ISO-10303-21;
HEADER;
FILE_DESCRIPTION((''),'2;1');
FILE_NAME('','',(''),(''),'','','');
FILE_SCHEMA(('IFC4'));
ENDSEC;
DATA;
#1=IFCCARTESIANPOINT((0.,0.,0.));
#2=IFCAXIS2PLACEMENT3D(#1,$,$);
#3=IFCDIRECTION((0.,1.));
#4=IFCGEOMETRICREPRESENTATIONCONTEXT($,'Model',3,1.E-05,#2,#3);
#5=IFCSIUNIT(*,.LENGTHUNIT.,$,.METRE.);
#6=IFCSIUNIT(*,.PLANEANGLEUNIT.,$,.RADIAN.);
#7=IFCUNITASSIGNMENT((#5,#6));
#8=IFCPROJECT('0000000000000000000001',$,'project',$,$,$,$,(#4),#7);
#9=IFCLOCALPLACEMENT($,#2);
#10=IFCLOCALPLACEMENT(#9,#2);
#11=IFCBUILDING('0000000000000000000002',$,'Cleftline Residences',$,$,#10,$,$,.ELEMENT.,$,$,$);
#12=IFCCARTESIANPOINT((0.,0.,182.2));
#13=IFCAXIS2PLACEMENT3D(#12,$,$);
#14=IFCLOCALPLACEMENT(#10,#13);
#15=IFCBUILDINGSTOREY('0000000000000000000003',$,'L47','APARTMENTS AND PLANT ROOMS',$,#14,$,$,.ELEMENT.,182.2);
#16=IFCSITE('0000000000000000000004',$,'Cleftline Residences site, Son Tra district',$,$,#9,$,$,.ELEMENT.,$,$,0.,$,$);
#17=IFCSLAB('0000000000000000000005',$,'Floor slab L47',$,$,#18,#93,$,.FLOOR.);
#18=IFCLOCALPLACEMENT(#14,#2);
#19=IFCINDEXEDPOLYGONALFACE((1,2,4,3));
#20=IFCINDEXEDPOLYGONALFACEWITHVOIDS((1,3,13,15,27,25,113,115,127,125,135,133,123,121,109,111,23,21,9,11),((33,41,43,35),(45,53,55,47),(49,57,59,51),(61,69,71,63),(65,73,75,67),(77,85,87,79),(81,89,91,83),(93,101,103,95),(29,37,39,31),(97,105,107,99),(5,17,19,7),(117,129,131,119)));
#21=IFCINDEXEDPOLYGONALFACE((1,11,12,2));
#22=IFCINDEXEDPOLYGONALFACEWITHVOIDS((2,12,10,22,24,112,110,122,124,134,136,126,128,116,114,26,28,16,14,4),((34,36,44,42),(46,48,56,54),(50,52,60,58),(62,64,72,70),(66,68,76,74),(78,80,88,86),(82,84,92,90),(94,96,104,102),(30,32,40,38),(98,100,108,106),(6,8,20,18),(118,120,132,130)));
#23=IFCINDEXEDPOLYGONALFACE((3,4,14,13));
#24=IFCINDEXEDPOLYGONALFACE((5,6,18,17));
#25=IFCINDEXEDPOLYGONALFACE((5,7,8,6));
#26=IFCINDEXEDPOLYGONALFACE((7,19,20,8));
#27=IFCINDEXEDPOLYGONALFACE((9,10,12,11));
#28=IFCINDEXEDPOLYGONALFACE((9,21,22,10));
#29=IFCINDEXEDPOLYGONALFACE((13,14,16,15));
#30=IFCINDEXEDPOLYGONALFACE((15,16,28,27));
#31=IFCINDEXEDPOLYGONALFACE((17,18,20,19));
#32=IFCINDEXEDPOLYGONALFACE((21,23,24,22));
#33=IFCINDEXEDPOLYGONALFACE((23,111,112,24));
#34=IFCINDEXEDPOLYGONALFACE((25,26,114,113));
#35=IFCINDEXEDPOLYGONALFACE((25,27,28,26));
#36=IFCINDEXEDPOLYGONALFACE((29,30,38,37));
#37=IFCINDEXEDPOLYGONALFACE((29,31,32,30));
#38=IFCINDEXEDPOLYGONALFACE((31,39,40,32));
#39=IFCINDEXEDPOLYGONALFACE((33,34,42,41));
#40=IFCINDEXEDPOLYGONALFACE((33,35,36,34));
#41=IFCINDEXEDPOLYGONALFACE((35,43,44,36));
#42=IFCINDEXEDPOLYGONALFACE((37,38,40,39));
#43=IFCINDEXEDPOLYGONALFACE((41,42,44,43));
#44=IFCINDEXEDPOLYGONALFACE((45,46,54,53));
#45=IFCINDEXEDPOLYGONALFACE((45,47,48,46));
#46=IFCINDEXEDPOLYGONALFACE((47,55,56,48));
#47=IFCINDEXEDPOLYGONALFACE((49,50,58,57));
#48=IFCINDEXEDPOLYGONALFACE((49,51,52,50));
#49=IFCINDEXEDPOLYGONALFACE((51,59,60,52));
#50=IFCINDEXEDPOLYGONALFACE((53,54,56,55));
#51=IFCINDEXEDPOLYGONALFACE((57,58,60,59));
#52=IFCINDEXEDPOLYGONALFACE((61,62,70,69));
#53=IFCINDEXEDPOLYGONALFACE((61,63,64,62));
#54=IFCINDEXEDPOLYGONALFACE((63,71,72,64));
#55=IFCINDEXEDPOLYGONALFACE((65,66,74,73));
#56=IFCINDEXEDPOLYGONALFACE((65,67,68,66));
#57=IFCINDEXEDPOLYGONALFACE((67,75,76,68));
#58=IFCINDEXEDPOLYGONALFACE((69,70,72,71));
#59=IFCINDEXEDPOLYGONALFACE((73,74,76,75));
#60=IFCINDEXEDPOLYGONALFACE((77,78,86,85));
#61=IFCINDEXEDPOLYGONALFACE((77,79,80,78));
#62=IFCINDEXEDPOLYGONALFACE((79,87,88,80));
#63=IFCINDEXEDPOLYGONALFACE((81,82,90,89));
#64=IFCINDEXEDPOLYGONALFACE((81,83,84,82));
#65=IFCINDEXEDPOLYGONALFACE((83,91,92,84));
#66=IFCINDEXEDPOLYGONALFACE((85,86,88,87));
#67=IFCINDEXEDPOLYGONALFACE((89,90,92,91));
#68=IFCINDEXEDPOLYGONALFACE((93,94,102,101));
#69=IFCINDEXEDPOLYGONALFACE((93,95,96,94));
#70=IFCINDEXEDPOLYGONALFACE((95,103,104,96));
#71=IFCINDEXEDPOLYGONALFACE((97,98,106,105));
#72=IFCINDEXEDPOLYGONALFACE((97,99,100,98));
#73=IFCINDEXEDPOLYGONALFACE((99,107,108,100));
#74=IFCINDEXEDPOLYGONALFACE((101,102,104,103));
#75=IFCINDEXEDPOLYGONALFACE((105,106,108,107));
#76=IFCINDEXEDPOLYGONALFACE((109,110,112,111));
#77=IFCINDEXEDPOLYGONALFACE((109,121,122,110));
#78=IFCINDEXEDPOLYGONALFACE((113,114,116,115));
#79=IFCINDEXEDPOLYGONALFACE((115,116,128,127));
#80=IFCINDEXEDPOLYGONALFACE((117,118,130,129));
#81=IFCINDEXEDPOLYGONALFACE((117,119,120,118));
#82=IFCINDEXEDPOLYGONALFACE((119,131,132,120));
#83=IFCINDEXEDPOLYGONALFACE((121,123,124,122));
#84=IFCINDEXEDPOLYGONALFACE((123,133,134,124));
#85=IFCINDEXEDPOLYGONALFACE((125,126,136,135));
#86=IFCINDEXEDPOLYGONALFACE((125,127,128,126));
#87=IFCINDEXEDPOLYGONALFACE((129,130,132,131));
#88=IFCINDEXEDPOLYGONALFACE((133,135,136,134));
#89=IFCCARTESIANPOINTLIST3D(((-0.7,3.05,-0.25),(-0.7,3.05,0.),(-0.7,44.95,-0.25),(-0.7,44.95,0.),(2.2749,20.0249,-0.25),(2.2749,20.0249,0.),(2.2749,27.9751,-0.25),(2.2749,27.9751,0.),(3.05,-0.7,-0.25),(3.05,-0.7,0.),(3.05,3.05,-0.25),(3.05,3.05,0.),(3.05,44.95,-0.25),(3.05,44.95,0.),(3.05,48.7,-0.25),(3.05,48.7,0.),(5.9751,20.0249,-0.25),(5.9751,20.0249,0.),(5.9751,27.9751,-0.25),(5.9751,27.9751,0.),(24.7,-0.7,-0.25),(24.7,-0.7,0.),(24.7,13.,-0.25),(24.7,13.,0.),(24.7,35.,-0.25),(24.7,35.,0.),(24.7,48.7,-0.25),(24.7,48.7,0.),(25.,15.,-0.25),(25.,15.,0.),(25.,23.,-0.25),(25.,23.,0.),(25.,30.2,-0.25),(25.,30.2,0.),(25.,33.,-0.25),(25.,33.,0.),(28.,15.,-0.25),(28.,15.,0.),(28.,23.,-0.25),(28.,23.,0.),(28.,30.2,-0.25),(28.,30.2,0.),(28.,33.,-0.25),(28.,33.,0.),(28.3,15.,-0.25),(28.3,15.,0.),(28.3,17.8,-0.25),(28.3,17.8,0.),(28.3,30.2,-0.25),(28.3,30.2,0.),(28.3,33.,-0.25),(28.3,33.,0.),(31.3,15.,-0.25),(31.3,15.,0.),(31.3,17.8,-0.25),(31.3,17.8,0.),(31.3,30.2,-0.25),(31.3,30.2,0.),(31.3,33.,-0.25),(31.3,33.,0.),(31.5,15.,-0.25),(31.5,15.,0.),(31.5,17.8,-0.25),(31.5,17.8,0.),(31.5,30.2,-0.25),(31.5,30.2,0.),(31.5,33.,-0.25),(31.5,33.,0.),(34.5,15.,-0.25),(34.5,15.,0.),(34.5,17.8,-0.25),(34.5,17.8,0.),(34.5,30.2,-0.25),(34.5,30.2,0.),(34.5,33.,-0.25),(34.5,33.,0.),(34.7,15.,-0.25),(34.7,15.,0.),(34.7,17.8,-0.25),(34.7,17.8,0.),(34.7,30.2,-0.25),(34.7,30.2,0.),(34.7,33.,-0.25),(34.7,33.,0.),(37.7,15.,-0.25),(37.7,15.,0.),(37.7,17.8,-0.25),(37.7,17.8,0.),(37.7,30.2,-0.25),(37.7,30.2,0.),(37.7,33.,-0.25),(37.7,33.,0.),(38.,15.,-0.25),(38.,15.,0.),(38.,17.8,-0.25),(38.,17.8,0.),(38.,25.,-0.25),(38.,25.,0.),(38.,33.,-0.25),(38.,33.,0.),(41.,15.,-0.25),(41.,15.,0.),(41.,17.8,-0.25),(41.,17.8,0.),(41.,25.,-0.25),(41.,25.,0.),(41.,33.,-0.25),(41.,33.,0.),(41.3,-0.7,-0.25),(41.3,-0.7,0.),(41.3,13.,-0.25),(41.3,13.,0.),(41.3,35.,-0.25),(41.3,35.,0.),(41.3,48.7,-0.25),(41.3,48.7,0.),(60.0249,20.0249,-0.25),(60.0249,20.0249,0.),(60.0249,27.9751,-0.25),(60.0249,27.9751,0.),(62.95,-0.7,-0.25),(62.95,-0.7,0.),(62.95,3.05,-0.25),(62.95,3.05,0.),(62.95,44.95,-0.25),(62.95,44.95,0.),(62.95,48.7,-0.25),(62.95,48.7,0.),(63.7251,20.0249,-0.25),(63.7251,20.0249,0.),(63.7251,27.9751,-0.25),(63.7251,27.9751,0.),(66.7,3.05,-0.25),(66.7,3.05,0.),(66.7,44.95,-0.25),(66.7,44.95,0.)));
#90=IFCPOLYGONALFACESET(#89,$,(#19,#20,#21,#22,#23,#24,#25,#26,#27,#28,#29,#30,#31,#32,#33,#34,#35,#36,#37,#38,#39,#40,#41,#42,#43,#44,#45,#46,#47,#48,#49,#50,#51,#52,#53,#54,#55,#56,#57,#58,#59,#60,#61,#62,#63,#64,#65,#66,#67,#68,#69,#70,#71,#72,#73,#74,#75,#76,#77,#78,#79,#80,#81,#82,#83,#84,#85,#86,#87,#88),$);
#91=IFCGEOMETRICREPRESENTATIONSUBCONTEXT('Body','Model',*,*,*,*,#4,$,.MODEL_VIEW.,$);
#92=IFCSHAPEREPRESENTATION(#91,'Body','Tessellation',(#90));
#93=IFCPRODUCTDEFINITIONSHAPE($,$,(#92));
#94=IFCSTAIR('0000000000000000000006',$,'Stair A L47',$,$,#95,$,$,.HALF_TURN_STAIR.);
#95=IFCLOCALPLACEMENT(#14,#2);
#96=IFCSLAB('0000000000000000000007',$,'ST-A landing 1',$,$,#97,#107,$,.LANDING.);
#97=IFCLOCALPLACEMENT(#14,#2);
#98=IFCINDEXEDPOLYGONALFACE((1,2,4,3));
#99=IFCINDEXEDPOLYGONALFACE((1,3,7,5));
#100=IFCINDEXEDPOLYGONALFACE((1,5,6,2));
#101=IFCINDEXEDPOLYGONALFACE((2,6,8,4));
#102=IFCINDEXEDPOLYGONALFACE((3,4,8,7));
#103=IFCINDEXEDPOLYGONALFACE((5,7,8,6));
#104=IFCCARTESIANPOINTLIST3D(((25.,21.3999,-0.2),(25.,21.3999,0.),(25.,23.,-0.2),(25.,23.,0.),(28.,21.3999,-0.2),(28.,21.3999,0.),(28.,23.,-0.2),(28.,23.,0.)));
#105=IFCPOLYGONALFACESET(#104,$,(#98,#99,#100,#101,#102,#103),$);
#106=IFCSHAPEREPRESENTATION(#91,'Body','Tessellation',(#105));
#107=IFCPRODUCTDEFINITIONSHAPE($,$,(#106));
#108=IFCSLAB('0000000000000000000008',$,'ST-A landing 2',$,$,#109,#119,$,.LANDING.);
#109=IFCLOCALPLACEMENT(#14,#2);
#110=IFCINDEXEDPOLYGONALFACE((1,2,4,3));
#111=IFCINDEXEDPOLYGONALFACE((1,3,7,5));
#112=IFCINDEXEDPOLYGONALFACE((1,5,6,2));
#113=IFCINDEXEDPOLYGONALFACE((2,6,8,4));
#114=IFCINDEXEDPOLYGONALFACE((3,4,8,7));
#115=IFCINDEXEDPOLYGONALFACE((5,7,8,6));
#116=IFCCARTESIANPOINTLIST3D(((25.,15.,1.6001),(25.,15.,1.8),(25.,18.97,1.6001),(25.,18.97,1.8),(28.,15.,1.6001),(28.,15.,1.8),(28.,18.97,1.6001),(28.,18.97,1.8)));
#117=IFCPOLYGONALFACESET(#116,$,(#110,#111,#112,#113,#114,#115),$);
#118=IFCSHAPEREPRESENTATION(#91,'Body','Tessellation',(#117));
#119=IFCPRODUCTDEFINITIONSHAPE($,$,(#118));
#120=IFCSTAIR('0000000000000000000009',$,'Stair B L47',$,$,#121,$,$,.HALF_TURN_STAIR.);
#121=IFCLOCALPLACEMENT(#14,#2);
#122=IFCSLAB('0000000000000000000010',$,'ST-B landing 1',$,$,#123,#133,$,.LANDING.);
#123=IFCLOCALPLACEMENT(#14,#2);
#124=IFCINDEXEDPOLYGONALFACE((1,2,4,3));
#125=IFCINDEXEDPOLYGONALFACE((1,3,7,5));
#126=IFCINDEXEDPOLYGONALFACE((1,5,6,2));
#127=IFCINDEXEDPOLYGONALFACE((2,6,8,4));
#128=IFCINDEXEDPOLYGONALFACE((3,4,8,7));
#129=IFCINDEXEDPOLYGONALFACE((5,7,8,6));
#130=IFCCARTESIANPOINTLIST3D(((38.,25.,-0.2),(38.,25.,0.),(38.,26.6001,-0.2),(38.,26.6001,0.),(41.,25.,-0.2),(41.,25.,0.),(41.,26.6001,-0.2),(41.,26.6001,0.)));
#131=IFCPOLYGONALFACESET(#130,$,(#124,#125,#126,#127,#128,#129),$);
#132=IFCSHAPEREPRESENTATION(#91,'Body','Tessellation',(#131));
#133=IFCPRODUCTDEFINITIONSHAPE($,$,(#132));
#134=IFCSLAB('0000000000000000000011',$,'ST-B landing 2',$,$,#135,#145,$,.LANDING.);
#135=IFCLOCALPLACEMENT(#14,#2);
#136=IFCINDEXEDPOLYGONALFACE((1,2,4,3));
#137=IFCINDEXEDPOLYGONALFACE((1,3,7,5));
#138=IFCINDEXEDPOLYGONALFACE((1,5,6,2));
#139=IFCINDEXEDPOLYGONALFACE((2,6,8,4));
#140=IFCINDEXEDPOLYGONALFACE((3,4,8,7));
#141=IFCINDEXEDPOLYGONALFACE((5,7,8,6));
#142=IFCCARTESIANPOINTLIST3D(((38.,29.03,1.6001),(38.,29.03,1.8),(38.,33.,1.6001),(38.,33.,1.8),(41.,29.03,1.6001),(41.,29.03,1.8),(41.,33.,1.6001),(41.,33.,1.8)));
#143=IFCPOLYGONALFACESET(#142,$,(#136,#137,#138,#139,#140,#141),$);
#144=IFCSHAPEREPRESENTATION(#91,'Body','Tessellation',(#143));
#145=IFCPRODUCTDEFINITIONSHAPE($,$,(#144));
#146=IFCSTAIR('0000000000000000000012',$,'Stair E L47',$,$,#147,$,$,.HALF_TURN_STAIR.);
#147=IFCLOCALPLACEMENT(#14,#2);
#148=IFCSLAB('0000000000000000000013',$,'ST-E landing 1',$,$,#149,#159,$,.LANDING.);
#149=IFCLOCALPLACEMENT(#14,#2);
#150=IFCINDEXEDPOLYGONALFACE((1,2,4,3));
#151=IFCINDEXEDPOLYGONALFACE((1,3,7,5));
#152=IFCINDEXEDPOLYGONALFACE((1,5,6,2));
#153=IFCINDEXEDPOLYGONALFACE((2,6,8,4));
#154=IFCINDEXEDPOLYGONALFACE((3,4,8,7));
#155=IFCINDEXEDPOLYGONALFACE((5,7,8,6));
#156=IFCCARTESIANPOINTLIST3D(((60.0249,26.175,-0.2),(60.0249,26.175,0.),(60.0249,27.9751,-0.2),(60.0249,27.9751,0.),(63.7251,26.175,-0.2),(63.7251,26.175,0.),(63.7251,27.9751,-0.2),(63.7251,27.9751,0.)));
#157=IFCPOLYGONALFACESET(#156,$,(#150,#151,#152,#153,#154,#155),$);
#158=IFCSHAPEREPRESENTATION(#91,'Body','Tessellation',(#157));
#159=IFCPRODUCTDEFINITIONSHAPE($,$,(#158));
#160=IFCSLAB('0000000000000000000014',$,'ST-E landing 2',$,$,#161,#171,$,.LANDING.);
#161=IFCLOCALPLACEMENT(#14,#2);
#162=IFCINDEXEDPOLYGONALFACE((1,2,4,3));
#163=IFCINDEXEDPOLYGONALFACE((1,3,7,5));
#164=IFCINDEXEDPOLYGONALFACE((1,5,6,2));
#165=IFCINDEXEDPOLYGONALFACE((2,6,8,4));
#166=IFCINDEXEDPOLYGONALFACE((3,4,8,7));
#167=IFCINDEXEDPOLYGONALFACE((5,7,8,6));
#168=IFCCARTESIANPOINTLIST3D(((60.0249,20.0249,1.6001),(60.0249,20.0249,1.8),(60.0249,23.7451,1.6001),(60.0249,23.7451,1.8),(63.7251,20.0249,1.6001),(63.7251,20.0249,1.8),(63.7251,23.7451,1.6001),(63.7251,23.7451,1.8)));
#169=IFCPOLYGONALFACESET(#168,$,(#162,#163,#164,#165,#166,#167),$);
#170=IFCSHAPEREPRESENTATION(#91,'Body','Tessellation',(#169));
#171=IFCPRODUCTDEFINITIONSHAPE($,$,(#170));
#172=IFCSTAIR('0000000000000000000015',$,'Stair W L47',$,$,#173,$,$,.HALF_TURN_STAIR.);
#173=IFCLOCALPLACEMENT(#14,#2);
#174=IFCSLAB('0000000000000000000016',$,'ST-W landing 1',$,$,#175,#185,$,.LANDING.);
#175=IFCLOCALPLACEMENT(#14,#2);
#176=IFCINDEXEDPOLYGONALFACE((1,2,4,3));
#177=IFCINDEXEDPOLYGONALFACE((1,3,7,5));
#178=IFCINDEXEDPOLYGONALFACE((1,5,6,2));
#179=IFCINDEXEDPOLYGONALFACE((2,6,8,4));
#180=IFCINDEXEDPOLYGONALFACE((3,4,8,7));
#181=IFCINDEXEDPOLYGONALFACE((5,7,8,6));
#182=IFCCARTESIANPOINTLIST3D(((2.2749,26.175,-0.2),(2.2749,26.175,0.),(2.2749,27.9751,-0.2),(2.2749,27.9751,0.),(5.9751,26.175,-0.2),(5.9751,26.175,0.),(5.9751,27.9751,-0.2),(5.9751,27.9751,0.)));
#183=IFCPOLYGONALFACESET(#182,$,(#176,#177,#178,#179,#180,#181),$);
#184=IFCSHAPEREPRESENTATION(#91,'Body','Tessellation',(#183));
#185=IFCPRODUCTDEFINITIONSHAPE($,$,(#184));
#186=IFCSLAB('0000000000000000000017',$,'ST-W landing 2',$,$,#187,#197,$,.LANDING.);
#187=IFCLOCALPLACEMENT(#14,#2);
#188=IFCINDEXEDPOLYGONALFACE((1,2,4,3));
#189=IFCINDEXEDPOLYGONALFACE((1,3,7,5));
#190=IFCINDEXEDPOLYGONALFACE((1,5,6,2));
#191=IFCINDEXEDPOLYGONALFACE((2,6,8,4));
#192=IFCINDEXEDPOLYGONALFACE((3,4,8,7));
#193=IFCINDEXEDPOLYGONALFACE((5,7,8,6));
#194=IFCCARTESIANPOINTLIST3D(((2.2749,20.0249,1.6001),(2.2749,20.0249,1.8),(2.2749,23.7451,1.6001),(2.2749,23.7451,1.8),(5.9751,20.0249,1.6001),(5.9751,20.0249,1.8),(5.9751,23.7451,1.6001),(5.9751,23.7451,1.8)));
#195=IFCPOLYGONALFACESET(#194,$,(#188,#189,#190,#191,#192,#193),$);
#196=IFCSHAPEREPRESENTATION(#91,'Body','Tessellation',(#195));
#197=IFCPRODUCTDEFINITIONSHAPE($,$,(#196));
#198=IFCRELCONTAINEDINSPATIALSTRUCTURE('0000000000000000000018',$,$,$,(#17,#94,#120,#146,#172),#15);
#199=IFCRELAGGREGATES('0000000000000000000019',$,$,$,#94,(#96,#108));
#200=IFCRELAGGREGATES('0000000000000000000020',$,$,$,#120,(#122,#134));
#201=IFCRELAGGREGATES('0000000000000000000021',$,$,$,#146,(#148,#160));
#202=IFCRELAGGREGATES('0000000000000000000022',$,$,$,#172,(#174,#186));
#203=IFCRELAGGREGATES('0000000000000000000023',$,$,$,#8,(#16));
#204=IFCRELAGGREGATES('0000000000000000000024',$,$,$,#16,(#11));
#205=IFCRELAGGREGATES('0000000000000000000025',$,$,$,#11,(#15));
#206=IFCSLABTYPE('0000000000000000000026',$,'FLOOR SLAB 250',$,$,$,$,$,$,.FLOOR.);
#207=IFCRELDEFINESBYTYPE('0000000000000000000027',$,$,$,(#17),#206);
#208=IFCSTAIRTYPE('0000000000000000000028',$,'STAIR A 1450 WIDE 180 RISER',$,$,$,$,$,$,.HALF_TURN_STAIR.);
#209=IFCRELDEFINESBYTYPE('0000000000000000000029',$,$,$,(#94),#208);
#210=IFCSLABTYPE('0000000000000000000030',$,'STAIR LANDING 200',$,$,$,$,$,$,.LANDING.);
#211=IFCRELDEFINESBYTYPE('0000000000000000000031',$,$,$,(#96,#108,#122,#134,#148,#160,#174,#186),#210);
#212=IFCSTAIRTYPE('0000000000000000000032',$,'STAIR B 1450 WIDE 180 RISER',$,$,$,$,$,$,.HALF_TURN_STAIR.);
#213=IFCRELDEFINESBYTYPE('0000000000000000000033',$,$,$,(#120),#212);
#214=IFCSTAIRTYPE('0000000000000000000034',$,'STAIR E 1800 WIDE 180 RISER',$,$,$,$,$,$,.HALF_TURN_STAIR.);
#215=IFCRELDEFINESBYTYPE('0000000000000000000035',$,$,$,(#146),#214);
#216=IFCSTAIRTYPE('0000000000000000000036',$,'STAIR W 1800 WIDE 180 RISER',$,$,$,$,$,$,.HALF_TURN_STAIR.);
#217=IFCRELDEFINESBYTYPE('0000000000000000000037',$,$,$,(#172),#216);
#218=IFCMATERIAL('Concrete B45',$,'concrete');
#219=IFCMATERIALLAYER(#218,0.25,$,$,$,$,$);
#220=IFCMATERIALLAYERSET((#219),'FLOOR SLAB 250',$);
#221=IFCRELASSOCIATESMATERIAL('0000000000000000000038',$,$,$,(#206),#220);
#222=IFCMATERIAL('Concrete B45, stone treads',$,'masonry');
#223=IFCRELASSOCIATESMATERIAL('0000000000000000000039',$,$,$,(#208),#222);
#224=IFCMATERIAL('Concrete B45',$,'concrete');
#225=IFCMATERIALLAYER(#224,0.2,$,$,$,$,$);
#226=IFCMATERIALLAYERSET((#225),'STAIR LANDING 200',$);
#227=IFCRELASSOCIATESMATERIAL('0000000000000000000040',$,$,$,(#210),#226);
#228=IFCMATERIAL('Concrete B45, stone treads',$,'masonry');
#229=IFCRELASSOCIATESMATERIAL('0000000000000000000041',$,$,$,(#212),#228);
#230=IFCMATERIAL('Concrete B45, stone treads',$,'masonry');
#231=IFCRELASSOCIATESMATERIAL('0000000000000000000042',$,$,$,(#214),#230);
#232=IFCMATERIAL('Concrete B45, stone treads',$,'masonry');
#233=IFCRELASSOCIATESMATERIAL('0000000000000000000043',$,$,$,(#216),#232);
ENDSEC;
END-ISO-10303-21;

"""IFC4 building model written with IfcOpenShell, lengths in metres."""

from ifc_helpers import new_model, si_unit, direction, frame, origin, place, context, subcontext, project, spatial, polyline, outline, extrude, material, layer, layer_set, type_object, element, aggregate, save


model = new_model("IFC4")

# Units and contexts
model_context = context("Model", 3, precision=1e-05, world=origin(), true_north=direction((0.0, 1.0)))
body_context = subcontext(model_context, "Body", "Model", "MODEL_VIEW")
ifc_project = project(units=[si_unit("LENGTHUNIT", "METRE"), si_unit("PLANEANGLEUNIT", "RADIAN")], contexts=[model_context])

# Site, building, storey
site_placement = place(None, origin())
site = spatial("IfcSite", under=ifc_project, at=site_placement, Name="Cleftline Residences site, Son Tra district", CompositionType="ELEMENT", RefElevation=0.0)
building_placement = place(site_placement, origin())
building = spatial("IfcBuilding", under=site, at=building_placement, Name="Cleftline Residences", CompositionType="ELEMENT")
storey_placement = place(building_placement, frame((0.0, 0.0, 182.2)))
storey = spatial("IfcBuildingStorey", under=building, at=storey_placement, Name="L47", Description="APARTMENTS AND PLANT ROOMS", CompositionType="ELEMENT", Elevation=182.2)

# Slab
ifc_material_1 = material(Name="Concrete B45", Category="concrete")
ifc_layer_1 = layer(ifc_material_1, 0.25)
ifc_layer_set_1 = layer_set([ifc_layer_1], Name="FLOOR SLAB 250")
slab_type_1 = type_object("IfcSlabType", Name="FLOOR SLAB 250", PredefinedType="FLOOR", material=ifc_layer_set_1)
slab_1_placement = place(storey_placement, frame((0.0, 0.0, -0.25)))
element("IfcSlab", 1, at=slab_1_placement, inside=storey, type_object=slab_type_1, Name="Floor slab L47", PredefinedType="FLOOR", context=body_context, shape_type="SweptSolid", body=[
    extrude(outline(polyline([(24.7, 13.0), (41.3, 13.0), (41.3, -0.7), (62.95, -0.7), (62.95, 3.05), (66.7, 3.05), (66.7, 44.95), (62.95, 44.95), (62.95, 48.7), (41.3, 48.7), (41.3, 35.0), (24.7, 35.0), (24.7, 48.7), (3.05, 48.7), (3.05, 44.95), (-0.7, 44.95), (-0.7, 3.05), (3.05, 3.05), (3.05, -0.7), (24.7, -0.7), (24.7, 13.0)]), holes=[polyline([(28.0, 15.0), (28.0, 23.0), (25.0, 23.0), (25.0, 15.0), (28.0, 15.0)]), polyline([(41.0, 25.0), (41.0, 33.0), (38.0, 33.0), (38.0, 25.0), (41.0, 25.0)]), polyline([(28.0, 30.2), (28.0, 33.0), (25.0, 33.0), (25.0, 30.2), (28.0, 30.2)]), polyline([(41.0, 15.0), (41.0, 17.8), (38.0, 17.8), (38.0, 15.0), (41.0, 15.0)]), polyline([(31.3, 15.0), (31.3, 17.8), (28.3, 17.8), (28.3, 15.0), (31.3, 15.0)]), polyline([(34.5, 15.0), (34.5, 17.8), (31.5, 17.8), (31.5, 15.0), (34.5, 15.0)]), polyline([(37.7, 15.0), (37.7, 17.8), (34.7, 17.8), (34.7, 15.0), (37.7, 15.0)]), polyline([(31.3, 30.2), (31.3, 33.0), (28.3, 33.0), (28.3, 30.2), (31.3, 30.2)]), polyline([(34.5, 30.2), (34.5, 33.0), (31.5, 33.0), (31.5, 30.2), (34.5, 30.2)]), polyline([(37.7, 30.2), (37.7, 33.0), (34.7, 33.0), (34.7, 30.2), (37.7, 30.2)]), polyline([(63.7251, 20.0249), (63.7251, 27.9751), (60.0249, 27.9751), (60.0249, 20.0249), (63.7251, 20.0249)]), polyline([(5.9751, 20.0249), (5.9751, 27.9751), (2.2749, 27.9751), (2.2749, 20.0249), (5.9751, 20.0249)])]), origin(), (0.0, 0.0, 1.0), 0.25),
])

# Stairs, slabs
ifc_material_2 = material(Name="Concrete B45, stone treads", Category="masonry")
stair_type_1 = type_object("IfcStairType", Name="STAIR A 1450 WIDE 180 RISER", PredefinedType="HALF_TURN_STAIR", material=ifc_material_2)
stair_1_placement = place(storey_placement, origin())
stair_1 = element("IfcStair", 2, at=stair_1_placement, inside=storey, type_object=stair_type_1, Name="Stair A L47", PredefinedType="HALF_TURN_STAIR")
ifc_material_3 = material(Name="Concrete B45", Category="concrete")
ifc_layer_2 = layer(ifc_material_3, 0.2)
ifc_layer_set_2 = layer_set([ifc_layer_2], Name="STAIR LANDING 200")
slab_type_2 = type_object("IfcSlabType", Name="STAIR LANDING 200", PredefinedType="LANDING", material=ifc_layer_set_2)
slab_2_placement = place(storey_placement, frame((0.0, 0.0, -0.2)))
slab_2 = element("IfcSlab", 3, at=slab_2_placement, type_object=slab_type_2, Name="ST-A landing 1", PredefinedType="LANDING", context=body_context, shape_type="SweptSolid", body=[
    extrude(outline(polyline([(25.0, 21.3999), (28.0, 21.3999), (28.0, 23.0), (25.0, 23.0), (25.0, 21.3999)])), origin(), (0.0, 0.0, 1.0), 0.2),
])
slab_3_placement = place(storey_placement, frame((0.0, 0.0, 1.6001)))
slab_3 = element("IfcSlab", 4, at=slab_3_placement, type_object=slab_type_2, Name="ST-A landing 2", PredefinedType="LANDING", context=body_context, shape_type="SweptSolid", body=[
    extrude(outline(polyline([(25.0, 15.0), (28.0, 15.0), (28.0, 18.97), (25.0, 18.97), (25.0, 15.0)])), origin(), (0.0, 0.0, 1.0), 0.2),
])
aggregate(stair_1, [slab_2, slab_3])
ifc_material_4 = material(Name="Concrete B45, stone treads", Category="masonry")
stair_type_2 = type_object("IfcStairType", Name="STAIR B 1450 WIDE 180 RISER", PredefinedType="HALF_TURN_STAIR", material=ifc_material_4)
stair_2_placement = place(storey_placement, origin())
stair_2 = element("IfcStair", 5, at=stair_2_placement, inside=storey, type_object=stair_type_2, Name="Stair B L47", PredefinedType="HALF_TURN_STAIR")
slab_4_placement = place(storey_placement, frame((0.0, 0.0, -0.2)))
slab_4 = element("IfcSlab", 6, at=slab_4_placement, type_object=slab_type_2, Name="ST-B landing 1", PredefinedType="LANDING", context=body_context, shape_type="SweptSolid", body=[
    extrude(outline(polyline([(38.0, 25.0), (41.0, 25.0), (41.0, 26.6001), (38.0, 26.6001), (38.0, 25.0)])), origin(), (0.0, 0.0, 1.0), 0.2),
])
slab_5_placement = place(storey_placement, frame((0.0, 0.0, 1.6001)))
slab_5 = element("IfcSlab", 7, at=slab_5_placement, type_object=slab_type_2, Name="ST-B landing 2", PredefinedType="LANDING", context=body_context, shape_type="SweptSolid", body=[
    extrude(outline(polyline([(38.0, 29.03), (41.0, 29.03), (41.0, 33.0), (38.0, 33.0), (38.0, 29.03)])), origin(), (0.0, 0.0, 1.0), 0.2),
])
aggregate(stair_2, [slab_4, slab_5])
ifc_material_5 = material(Name="Concrete B45, stone treads", Category="masonry")
stair_type_3 = type_object("IfcStairType", Name="STAIR E 1800 WIDE 180 RISER", PredefinedType="HALF_TURN_STAIR", material=ifc_material_5)
stair_3_placement = place(storey_placement, origin())
stair_3 = element("IfcStair", 8, at=stair_3_placement, inside=storey, type_object=stair_type_3, Name="Stair E L47", PredefinedType="HALF_TURN_STAIR")
slab_6_placement = place(storey_placement, frame((0.0, 0.0, -0.2)))
slab_6 = element("IfcSlab", 9, at=slab_6_placement, type_object=slab_type_2, Name="ST-E landing 1", PredefinedType="LANDING", context=body_context, shape_type="SweptSolid", body=[
    extrude(outline(polyline([(60.0249, 26.175), (63.7251, 26.175), (63.7251, 27.9751), (60.0249, 27.9751), (60.0249, 26.175)])), origin(), (0.0, 0.0, 1.0), 0.2),
])
slab_7_placement = place(storey_placement, frame((0.0, 0.0, 1.6001)))
slab_7 = element("IfcSlab", 10, at=slab_7_placement, type_object=slab_type_2, Name="ST-E landing 2", PredefinedType="LANDING", context=body_context, shape_type="SweptSolid", body=[
    extrude(outline(polyline([(60.0249, 20.0249), (63.7251, 20.0249), (63.7251, 23.7451), (60.0249, 23.7451), (60.0249, 20.0249)])), origin(), (0.0, 0.0, 1.0), 0.2),
])
aggregate(stair_3, [slab_6, slab_7])
ifc_material_6 = material(Name="Concrete B45, stone treads", Category="masonry")
stair_type_4 = type_object("IfcStairType", Name="STAIR W 1800 WIDE 180 RISER", PredefinedType="HALF_TURN_STAIR", material=ifc_material_6)
stair_4_placement = place(storey_placement, origin())
stair_4 = element("IfcStair", 11, at=stair_4_placement, inside=storey, type_object=stair_type_4, Name="Stair W L47", PredefinedType="HALF_TURN_STAIR")
slab_8_placement = place(storey_placement, frame((0.0, 0.0, -0.2)))
slab_8 = element("IfcSlab", 12, at=slab_8_placement, type_object=slab_type_2, Name="ST-W landing 1", PredefinedType="LANDING", context=body_context, shape_type="SweptSolid", body=[
    extrude(outline(polyline([(2.2749, 26.175), (5.9751, 26.175), (5.9751, 27.9751), (2.2749, 27.9751), (2.2749, 26.175)])), origin(), (0.0, 0.0, 1.0), 0.2),
])
slab_9_placement = place(storey_placement, frame((0.0, 0.0, 1.6001)))
slab_9 = element("IfcSlab", 13, at=slab_9_placement, type_object=slab_type_2, Name="ST-W landing 2", PredefinedType="LANDING", context=body_context, shape_type="SweptSolid", body=[
    extrude(outline(polyline([(2.2749, 20.0249), (5.9751, 20.0249), (5.9751, 23.7451), (2.2749, 23.7451), (2.2749, 20.0249)])), origin(), (0.0, 0.0, 1.0), 0.2),
])
aggregate(stair_4, [slab_8, slab_9])

save(model, "model.ifc")
